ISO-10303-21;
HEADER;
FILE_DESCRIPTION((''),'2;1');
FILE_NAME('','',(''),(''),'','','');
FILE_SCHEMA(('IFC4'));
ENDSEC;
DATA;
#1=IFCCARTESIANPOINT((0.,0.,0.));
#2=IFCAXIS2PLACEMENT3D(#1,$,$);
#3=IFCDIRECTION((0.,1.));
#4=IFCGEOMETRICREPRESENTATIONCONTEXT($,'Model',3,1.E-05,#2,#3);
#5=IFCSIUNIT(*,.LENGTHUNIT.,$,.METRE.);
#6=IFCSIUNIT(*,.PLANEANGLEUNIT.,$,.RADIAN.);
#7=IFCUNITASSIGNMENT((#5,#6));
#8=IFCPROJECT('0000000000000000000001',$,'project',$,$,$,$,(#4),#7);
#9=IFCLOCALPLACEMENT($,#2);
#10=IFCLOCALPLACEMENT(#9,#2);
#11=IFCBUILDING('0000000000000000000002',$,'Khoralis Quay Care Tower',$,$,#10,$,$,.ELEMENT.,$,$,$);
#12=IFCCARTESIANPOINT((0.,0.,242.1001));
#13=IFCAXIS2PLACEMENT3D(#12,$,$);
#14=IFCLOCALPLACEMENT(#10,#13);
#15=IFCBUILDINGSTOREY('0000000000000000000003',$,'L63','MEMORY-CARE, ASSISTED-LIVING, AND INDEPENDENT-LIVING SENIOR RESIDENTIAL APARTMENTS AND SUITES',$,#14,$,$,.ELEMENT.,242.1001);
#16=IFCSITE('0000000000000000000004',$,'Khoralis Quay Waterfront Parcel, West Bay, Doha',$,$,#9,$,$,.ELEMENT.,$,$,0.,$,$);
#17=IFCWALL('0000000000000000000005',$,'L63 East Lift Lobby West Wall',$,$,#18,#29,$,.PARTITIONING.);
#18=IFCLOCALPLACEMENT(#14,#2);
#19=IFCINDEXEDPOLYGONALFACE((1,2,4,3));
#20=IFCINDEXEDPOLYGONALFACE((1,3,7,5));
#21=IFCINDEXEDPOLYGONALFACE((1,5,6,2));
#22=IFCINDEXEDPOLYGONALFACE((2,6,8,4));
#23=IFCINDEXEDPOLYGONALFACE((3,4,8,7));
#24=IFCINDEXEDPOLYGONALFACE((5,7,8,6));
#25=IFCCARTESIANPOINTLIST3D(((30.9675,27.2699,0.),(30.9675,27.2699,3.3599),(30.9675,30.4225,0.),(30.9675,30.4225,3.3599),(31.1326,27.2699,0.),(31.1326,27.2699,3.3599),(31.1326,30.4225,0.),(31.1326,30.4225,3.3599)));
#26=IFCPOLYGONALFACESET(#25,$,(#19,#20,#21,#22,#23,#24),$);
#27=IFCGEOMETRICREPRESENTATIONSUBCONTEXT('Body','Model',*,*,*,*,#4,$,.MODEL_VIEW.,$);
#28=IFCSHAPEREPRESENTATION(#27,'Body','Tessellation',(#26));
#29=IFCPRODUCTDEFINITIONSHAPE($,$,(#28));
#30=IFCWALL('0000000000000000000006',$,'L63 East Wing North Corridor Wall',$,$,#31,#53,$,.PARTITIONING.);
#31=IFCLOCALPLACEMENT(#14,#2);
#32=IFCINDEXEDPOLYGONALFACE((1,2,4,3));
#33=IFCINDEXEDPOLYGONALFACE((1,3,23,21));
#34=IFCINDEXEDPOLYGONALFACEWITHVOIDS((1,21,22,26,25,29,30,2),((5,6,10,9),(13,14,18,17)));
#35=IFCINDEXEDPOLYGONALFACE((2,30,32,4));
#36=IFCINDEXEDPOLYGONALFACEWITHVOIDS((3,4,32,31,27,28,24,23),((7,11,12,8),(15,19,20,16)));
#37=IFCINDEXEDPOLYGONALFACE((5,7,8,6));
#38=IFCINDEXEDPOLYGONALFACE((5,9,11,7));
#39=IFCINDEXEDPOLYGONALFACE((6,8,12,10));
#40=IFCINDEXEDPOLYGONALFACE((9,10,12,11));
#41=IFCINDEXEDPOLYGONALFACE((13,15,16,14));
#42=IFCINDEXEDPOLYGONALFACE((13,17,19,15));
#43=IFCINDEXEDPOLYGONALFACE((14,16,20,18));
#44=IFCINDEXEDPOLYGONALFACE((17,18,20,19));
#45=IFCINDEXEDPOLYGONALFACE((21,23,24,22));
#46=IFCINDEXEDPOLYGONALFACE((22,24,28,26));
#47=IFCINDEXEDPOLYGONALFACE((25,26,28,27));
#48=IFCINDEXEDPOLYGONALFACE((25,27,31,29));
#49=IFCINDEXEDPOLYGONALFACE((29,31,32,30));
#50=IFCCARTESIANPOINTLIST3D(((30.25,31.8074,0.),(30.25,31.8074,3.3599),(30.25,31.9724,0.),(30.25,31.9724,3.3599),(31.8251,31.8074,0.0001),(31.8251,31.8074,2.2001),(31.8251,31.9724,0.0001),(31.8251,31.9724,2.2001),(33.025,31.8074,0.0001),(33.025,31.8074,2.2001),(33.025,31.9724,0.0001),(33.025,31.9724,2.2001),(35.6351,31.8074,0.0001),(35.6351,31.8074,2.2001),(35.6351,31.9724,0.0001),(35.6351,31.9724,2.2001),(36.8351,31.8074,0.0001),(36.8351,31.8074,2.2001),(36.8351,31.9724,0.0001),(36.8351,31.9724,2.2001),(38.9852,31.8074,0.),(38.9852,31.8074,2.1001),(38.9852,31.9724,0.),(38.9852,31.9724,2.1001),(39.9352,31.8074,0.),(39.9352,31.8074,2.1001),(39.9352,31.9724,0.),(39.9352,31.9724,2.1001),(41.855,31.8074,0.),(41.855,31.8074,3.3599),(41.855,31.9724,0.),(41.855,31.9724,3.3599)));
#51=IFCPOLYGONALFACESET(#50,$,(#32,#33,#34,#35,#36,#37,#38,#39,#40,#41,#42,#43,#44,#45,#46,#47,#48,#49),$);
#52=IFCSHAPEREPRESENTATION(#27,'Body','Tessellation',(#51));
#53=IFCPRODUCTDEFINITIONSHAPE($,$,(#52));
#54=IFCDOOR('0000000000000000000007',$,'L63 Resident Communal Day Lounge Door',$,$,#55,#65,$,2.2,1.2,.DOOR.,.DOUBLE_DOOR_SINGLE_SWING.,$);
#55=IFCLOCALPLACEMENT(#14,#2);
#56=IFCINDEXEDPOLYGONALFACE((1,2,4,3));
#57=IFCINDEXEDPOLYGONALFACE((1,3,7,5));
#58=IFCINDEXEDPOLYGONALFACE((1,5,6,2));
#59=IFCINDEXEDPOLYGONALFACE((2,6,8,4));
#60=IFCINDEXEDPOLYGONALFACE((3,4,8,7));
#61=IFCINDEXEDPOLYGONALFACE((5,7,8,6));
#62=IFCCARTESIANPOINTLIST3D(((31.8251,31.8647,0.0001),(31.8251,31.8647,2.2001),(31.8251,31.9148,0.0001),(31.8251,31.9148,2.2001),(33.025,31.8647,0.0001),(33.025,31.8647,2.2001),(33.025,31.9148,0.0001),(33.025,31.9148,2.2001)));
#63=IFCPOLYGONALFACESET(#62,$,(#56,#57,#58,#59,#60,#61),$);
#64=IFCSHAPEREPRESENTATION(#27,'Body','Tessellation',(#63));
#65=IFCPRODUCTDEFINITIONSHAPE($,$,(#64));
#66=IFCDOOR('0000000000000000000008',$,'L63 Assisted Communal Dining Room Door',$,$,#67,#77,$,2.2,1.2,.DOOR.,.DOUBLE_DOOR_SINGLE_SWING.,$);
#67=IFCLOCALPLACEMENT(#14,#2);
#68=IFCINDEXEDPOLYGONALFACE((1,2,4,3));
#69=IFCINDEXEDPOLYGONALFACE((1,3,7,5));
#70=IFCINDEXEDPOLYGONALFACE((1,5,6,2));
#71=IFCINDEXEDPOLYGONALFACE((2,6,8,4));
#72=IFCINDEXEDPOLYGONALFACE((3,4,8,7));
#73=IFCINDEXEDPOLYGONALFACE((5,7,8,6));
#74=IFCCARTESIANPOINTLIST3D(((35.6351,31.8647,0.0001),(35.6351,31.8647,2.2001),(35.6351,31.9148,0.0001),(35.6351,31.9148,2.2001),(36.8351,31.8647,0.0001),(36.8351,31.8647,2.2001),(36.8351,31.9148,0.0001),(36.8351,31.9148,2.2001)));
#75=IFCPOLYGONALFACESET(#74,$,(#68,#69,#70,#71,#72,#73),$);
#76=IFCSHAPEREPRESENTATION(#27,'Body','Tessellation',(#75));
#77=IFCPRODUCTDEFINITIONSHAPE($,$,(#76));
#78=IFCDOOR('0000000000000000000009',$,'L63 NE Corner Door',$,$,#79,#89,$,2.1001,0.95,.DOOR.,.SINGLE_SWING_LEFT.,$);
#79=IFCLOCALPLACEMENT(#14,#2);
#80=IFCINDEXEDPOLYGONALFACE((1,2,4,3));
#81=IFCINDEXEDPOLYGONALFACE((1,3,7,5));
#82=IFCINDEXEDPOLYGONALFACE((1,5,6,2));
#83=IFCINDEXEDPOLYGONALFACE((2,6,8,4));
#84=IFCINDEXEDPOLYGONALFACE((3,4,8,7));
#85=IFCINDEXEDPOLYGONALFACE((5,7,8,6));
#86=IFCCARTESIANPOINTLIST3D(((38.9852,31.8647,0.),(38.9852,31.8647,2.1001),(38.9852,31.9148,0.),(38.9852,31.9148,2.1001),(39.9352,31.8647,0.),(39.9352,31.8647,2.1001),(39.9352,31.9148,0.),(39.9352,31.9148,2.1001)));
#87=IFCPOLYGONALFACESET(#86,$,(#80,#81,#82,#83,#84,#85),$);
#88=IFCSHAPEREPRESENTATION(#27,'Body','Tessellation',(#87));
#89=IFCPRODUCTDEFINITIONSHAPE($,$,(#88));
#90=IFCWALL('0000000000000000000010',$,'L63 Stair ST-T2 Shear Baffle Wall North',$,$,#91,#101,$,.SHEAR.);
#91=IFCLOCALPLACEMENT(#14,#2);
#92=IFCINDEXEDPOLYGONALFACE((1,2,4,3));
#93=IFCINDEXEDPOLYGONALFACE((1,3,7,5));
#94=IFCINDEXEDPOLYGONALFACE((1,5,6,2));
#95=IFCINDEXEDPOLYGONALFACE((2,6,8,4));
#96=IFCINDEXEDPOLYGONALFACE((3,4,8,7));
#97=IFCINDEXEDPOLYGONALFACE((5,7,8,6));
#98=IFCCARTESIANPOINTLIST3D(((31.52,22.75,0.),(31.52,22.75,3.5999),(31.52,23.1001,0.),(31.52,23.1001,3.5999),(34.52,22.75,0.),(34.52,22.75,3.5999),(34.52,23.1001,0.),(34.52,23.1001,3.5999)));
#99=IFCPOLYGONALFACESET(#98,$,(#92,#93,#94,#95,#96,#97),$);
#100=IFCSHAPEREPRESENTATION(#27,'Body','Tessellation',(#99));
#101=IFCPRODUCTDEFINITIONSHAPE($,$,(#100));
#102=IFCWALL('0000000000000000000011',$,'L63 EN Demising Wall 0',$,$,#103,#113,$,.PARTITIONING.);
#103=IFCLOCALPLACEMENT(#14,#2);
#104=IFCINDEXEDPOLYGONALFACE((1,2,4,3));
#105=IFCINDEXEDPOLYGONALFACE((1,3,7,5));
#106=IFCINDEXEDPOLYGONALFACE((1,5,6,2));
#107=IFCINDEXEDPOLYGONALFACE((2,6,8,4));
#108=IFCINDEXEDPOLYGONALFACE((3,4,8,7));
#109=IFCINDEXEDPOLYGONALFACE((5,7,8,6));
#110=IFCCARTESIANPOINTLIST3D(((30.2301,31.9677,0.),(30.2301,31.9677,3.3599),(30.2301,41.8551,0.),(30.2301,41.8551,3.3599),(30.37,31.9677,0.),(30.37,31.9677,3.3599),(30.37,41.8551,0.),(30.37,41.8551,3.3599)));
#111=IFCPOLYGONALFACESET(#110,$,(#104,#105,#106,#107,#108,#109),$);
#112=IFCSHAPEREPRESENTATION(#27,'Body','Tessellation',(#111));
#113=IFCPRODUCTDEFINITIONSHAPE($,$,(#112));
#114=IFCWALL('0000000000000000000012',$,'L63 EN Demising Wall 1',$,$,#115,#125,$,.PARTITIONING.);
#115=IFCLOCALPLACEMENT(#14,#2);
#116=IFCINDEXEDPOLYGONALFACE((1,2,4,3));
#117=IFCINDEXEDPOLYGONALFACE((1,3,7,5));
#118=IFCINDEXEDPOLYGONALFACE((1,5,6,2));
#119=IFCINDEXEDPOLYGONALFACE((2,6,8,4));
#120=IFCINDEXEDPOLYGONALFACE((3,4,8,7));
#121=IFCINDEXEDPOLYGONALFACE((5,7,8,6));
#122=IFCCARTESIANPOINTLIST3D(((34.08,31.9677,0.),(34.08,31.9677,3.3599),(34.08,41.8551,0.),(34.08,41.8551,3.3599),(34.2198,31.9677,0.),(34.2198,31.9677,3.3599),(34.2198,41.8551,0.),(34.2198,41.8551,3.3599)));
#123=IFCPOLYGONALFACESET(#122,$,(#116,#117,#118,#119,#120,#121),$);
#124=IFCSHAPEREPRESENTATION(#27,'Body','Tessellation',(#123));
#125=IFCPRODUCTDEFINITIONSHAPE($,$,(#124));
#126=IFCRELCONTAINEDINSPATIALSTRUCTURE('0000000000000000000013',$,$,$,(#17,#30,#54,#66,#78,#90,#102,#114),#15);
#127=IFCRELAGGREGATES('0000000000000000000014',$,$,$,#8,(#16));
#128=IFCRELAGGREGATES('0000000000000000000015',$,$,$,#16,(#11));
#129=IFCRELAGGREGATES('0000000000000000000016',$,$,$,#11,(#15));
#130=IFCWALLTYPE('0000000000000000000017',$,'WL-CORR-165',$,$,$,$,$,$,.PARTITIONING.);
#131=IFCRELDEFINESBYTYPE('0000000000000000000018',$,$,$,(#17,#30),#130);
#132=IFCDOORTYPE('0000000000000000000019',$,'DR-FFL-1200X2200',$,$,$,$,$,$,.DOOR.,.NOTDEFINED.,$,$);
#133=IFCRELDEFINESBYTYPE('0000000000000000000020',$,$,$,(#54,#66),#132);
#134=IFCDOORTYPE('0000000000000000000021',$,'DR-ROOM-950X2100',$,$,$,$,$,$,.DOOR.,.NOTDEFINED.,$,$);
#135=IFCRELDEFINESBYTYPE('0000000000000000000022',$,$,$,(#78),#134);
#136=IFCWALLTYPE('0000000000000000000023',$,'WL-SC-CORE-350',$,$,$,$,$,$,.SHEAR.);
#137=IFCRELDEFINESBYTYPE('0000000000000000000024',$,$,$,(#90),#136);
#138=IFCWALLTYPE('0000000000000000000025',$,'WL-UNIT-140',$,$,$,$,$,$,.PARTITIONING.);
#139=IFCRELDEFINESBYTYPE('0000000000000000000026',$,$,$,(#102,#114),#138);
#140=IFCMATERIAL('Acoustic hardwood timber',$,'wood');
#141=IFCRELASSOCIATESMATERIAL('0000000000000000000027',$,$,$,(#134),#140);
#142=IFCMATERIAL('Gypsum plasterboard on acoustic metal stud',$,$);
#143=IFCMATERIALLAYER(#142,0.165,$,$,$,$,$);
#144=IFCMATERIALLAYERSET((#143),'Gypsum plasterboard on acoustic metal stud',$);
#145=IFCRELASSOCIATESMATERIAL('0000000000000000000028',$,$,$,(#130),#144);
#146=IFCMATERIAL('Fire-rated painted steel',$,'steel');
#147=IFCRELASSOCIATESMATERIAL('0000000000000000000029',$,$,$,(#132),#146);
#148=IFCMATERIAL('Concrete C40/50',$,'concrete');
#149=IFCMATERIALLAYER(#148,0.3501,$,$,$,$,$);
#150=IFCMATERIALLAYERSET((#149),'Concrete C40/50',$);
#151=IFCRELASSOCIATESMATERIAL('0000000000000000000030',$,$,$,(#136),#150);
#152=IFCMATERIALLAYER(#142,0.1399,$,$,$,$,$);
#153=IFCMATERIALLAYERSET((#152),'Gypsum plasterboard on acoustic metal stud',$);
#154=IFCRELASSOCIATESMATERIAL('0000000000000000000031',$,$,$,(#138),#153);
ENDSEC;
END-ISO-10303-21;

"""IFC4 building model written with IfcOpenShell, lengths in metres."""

from ifc_helpers import new_model, si_unit, direction, frame, frame_2d, origin, place, context, subcontext, project, spatial, rectangle, extrude, source, transform, mapped, material, layer, layer_set, type_object, element, fill, save


model = new_model("IFC4")

# Units and contexts
model_context = context("Model", 3, precision=1e-05, world=origin(), true_north=direction((0.0, 1.0)))
body_context = subcontext(model_context, "Body", "Model", "MODEL_VIEW")
ifc_project = project(units=[si_unit("LENGTHUNIT", "METRE"), si_unit("PLANEANGLEUNIT", "RADIAN")], contexts=[model_context])

# Site, building, storey
site_placement = place(None, origin())
site = spatial("IfcSite", under=ifc_project, at=site_placement, Name="Khoralis Quay Waterfront Parcel, West Bay, Doha", CompositionType="ELEMENT", RefElevation=0.0)
building_placement = place(site_placement, origin())
building = spatial("IfcBuilding", under=site, at=building_placement, Name="Khoralis Quay Care Tower", CompositionType="ELEMENT")
storey_placement = place(building_placement, frame((0.0, 0.0, 242.1001)))
storey = spatial("IfcBuildingStorey", under=building, at=storey_placement, Name="L63", Description="MEMORY-CARE, ASSISTED-LIVING, AND INDEPENDENT-LIVING SENIOR RESIDENTIAL APARTMENTS AND SUITES", CompositionType="ELEMENT", Elevation=242.1001)

# Shared definitions
ifc_material_1 = material(Name="Acoustic hardwood timber", Category="wood")
door_type_1 = type_object("IfcDoorType", Name="DR-ROOM-950X2100", OperationType="NOTDEFINED", PredefinedType="DOOR", material=ifc_material_1)
shared_shape_1 = source(origin(), body_context, "Body", "SweptSolid", [
    extrude(rectangle(XDim=0.95, YDim=2.1001, at=frame_2d((0.4751, 1.05))), frame((0.0, 0.0249, 0.0), z_axis=(0.0, -1.0, 0.0), x_axis=(1.0, 0.0, 0.0)), (0.0, 0.0, 1.0), 0.05),
])

# Shared definitions
ifc_material_2 = material(Name="Gypsum plasterboard on acoustic metal stud")
ifc_layer_1 = layer(ifc_material_2, 0.165)
ifc_layer_set_1 = layer_set([ifc_layer_1], Name="Gypsum plasterboard on acoustic metal stud")
wall_type_1 = type_object("IfcWallType", Name="WL-CORR-165", PredefinedType="PARTITIONING", material=ifc_layer_set_1)
ifc_material_3 = material(Name="Fire-rated painted steel", Category="steel")
door_type_2 = type_object("IfcDoorType", Name="DR-FFL-1200X2200", OperationType="NOTDEFINED", PredefinedType="DOOR", material=ifc_material_3)
shared_shape_2 = source(origin(), body_context, "Body", "SweptSolid", [
    extrude(rectangle(XDim=1.2, YDim=2.2, at=frame_2d((0.6001, 1.1001))), frame((0.0, 0.0249, 0.0), z_axis=(0.0, -1.0, 0.0), x_axis=(1.0, 0.0, 0.0)), (0.0, 0.0, 1.0), 0.05),
])

# Wall
wall_1_placement = place(storey_placement, frame((31.05, 27.27, 0.0), z_axis=(0.0, 0.0, 1.0), x_axis=(0.0, 1.0, 0.0)))
element("IfcWall", 1, at=wall_1_placement, inside=storey, type_object=wall_type_1, Name="L63 East Lift Lobby West Wall", PredefinedType="PARTITIONING", context=body_context, shape_type="SweptSolid", body=[
    extrude(rectangle(XDim=3.1526, YDim=0.165, at=frame_2d((1.5762, 0.0))), origin(), (0.0, 0.0, 1.0), 3.3599),
])

# Wall, openings, doors
wall_2_placement = place(storey_placement, frame((30.25, 31.8899, 0.0), z_axis=(0.0, 0.0, 1.0), x_axis=(1.0, 0.0, 0.0)))
wall_2 = element("IfcWall", 2, at=wall_2_placement, inside=storey, type_object=wall_type_1, Name="L63 East Wing North Corridor Wall", PredefinedType="PARTITIONING", context=body_context, shape_type="SweptSolid", body=[
    extrude(rectangle(XDim=11.605, YDim=0.165, at=frame_2d((5.8025, 0.0))), origin(), (0.0, 0.0, 1.0), 3.3599),
])
opening_1_placement = place(wall_2_placement, frame((1.575, 0.0, 0.0)))
opening_1 = element("IfcOpeningElement", 3, at=opening_1_placement, cuts=wall_2, PredefinedType="OPENING", context=body_context, shape_type="SweptSolid", body=[
    extrude(rectangle(XDim=1.2, YDim=2.2, at=frame_2d((0.6001, 1.1001))), frame((0.0, 0.0925, 0.0), z_axis=(0.0, -1.0, 0.0), x_axis=(1.0, 0.0, 0.0)), (0.0, 0.0, 1.0), 0.1851),
])
opening_2_placement = place(wall_2_placement, frame((5.385, 0.0, 0.0)))
opening_2 = element("IfcOpeningElement", 4, at=opening_2_placement, cuts=wall_2, PredefinedType="OPENING", context=body_context, shape_type="SweptSolid", body=[
    extrude(rectangle(XDim=1.2, YDim=2.2, at=frame_2d((0.6001, 1.1001))), frame((0.0, 0.0925, 0.0), z_axis=(0.0, -1.0, 0.0), x_axis=(1.0, 0.0, 0.0)), (0.0, 0.0, 1.0), 0.1851),
])
opening_3_placement = place(wall_2_placement, frame((8.7351, 0.0, 0.0)))
opening_3 = element("IfcOpeningElement", 5, at=opening_3_placement, cuts=wall_2, PredefinedType="OPENING", context=body_context, shape_type="SweptSolid", body=[
    extrude(rectangle(XDim=0.95, YDim=2.1001, at=frame_2d((0.4751, 1.05))), frame((0.0, 0.0925, 0.0), z_axis=(0.0, -1.0, 0.0), x_axis=(1.0, 0.0, 0.0)), (0.0, 0.0, 1.0), 0.1851),
])
door_1_placement = place(opening_1_placement, origin())
door_1 = element("IfcDoor", 6, at=door_1_placement, inside=storey, type_object=door_type_2, Name="L63 Resident Communal Day Lounge Door", OperationType="DOUBLE_DOOR_SINGLE_SWING", OverallHeight=2.2, OverallWidth=1.2, PredefinedType="DOOR", context=body_context, shape_type="MappedRepresentation", body=[
    mapped(shared_shape_2, transform((0.0, 0.0, 0.0), scale=1.0)),
])
fill(opening_1, door_1)
door_2_placement = place(opening_2_placement, origin())
door_2 = element("IfcDoor", 7, at=door_2_placement, inside=storey, type_object=door_type_2, Name="L63 Assisted Communal Dining Room Door", OperationType="DOUBLE_DOOR_SINGLE_SWING", OverallHeight=2.2, OverallWidth=1.2, PredefinedType="DOOR", context=body_context, shape_type="MappedRepresentation", body=[
    mapped(shared_shape_2, transform((0.0, 0.0, 0.0), scale=1.0)),
])
fill(opening_2, door_2)
door_3_placement = place(opening_3_placement, origin())
door_3 = element("IfcDoor", 8, at=door_3_placement, inside=storey, type_object=door_type_1, Name="L63 NE Corner Door", OperationType="SINGLE_SWING_LEFT", OverallHeight=2.1001, OverallWidth=0.95, PredefinedType="DOOR", context=body_context, shape_type="MappedRepresentation", body=[
    mapped(shared_shape_1, transform((0.0, 0.0, 0.0), scale=1.0)),
])
fill(opening_3, door_3)

# Walls
ifc_material_4 = material(Name="Concrete C40/50", Category="concrete")
ifc_layer_2 = layer(ifc_material_4, 0.3501)
ifc_layer_set_2 = layer_set([ifc_layer_2], Name="Concrete C40/50")
wall_type_2 = type_object("IfcWallType", Name="WL-SC-CORE-350", PredefinedType="SHEAR", material=ifc_layer_set_2)
wall_3_placement = place(storey_placement, frame((31.52, 22.925, 0.0), z_axis=(0.0, 0.0, 1.0), x_axis=(1.0, 0.0, 0.0)))
element("IfcWall", 9, at=wall_3_placement, inside=storey, type_object=wall_type_2, Name="L63 Stair ST-T2 Shear Baffle Wall North", PredefinedType="SHEAR", context=body_context, shape_type="SweptSolid", body=[
    extrude(rectangle(XDim=3.0, YDim=0.3501, at=frame_2d((1.5, 0.0))), origin(), (0.0, 0.0, 1.0), 3.5999),
])
ifc_layer_3 = layer(ifc_material_2, 0.1399)
ifc_layer_set_3 = layer_set([ifc_layer_3], Name="Gypsum plasterboard on acoustic metal stud")
wall_type_3 = type_object("IfcWallType", Name="WL-UNIT-140", PredefinedType="PARTITIONING", material=ifc_layer_set_3)
for number, where, z_axis, x_axis, name in (
    (10, (30.3, 31.9675, 0.0), (0.0, 0.0, 1.0), (0.0, 1.0, 0.0), "L63 EN Demising Wall 0"),
    (11, (34.1499, 31.9675, 0.0), (0.0, 0.0, 1.0), (0.0, 1.0, 0.0), "L63 EN Demising Wall 1"),
):
    element("IfcWall", number, at=place(storey_placement, frame(where, z_axis=z_axis, x_axis=x_axis)), inside=storey, type_object=wall_type_3, Name=name, PredefinedType="PARTITIONING", context=body_context, shape_type="SweptSolid", body=[
        extrude(rectangle(XDim=9.8875, YDim=0.1399, at=frame_2d((4.9438, 0.0))), origin(), (0.0, 0.0, 1.0), 3.3599),
    ])

save(model, "model.ifc")
